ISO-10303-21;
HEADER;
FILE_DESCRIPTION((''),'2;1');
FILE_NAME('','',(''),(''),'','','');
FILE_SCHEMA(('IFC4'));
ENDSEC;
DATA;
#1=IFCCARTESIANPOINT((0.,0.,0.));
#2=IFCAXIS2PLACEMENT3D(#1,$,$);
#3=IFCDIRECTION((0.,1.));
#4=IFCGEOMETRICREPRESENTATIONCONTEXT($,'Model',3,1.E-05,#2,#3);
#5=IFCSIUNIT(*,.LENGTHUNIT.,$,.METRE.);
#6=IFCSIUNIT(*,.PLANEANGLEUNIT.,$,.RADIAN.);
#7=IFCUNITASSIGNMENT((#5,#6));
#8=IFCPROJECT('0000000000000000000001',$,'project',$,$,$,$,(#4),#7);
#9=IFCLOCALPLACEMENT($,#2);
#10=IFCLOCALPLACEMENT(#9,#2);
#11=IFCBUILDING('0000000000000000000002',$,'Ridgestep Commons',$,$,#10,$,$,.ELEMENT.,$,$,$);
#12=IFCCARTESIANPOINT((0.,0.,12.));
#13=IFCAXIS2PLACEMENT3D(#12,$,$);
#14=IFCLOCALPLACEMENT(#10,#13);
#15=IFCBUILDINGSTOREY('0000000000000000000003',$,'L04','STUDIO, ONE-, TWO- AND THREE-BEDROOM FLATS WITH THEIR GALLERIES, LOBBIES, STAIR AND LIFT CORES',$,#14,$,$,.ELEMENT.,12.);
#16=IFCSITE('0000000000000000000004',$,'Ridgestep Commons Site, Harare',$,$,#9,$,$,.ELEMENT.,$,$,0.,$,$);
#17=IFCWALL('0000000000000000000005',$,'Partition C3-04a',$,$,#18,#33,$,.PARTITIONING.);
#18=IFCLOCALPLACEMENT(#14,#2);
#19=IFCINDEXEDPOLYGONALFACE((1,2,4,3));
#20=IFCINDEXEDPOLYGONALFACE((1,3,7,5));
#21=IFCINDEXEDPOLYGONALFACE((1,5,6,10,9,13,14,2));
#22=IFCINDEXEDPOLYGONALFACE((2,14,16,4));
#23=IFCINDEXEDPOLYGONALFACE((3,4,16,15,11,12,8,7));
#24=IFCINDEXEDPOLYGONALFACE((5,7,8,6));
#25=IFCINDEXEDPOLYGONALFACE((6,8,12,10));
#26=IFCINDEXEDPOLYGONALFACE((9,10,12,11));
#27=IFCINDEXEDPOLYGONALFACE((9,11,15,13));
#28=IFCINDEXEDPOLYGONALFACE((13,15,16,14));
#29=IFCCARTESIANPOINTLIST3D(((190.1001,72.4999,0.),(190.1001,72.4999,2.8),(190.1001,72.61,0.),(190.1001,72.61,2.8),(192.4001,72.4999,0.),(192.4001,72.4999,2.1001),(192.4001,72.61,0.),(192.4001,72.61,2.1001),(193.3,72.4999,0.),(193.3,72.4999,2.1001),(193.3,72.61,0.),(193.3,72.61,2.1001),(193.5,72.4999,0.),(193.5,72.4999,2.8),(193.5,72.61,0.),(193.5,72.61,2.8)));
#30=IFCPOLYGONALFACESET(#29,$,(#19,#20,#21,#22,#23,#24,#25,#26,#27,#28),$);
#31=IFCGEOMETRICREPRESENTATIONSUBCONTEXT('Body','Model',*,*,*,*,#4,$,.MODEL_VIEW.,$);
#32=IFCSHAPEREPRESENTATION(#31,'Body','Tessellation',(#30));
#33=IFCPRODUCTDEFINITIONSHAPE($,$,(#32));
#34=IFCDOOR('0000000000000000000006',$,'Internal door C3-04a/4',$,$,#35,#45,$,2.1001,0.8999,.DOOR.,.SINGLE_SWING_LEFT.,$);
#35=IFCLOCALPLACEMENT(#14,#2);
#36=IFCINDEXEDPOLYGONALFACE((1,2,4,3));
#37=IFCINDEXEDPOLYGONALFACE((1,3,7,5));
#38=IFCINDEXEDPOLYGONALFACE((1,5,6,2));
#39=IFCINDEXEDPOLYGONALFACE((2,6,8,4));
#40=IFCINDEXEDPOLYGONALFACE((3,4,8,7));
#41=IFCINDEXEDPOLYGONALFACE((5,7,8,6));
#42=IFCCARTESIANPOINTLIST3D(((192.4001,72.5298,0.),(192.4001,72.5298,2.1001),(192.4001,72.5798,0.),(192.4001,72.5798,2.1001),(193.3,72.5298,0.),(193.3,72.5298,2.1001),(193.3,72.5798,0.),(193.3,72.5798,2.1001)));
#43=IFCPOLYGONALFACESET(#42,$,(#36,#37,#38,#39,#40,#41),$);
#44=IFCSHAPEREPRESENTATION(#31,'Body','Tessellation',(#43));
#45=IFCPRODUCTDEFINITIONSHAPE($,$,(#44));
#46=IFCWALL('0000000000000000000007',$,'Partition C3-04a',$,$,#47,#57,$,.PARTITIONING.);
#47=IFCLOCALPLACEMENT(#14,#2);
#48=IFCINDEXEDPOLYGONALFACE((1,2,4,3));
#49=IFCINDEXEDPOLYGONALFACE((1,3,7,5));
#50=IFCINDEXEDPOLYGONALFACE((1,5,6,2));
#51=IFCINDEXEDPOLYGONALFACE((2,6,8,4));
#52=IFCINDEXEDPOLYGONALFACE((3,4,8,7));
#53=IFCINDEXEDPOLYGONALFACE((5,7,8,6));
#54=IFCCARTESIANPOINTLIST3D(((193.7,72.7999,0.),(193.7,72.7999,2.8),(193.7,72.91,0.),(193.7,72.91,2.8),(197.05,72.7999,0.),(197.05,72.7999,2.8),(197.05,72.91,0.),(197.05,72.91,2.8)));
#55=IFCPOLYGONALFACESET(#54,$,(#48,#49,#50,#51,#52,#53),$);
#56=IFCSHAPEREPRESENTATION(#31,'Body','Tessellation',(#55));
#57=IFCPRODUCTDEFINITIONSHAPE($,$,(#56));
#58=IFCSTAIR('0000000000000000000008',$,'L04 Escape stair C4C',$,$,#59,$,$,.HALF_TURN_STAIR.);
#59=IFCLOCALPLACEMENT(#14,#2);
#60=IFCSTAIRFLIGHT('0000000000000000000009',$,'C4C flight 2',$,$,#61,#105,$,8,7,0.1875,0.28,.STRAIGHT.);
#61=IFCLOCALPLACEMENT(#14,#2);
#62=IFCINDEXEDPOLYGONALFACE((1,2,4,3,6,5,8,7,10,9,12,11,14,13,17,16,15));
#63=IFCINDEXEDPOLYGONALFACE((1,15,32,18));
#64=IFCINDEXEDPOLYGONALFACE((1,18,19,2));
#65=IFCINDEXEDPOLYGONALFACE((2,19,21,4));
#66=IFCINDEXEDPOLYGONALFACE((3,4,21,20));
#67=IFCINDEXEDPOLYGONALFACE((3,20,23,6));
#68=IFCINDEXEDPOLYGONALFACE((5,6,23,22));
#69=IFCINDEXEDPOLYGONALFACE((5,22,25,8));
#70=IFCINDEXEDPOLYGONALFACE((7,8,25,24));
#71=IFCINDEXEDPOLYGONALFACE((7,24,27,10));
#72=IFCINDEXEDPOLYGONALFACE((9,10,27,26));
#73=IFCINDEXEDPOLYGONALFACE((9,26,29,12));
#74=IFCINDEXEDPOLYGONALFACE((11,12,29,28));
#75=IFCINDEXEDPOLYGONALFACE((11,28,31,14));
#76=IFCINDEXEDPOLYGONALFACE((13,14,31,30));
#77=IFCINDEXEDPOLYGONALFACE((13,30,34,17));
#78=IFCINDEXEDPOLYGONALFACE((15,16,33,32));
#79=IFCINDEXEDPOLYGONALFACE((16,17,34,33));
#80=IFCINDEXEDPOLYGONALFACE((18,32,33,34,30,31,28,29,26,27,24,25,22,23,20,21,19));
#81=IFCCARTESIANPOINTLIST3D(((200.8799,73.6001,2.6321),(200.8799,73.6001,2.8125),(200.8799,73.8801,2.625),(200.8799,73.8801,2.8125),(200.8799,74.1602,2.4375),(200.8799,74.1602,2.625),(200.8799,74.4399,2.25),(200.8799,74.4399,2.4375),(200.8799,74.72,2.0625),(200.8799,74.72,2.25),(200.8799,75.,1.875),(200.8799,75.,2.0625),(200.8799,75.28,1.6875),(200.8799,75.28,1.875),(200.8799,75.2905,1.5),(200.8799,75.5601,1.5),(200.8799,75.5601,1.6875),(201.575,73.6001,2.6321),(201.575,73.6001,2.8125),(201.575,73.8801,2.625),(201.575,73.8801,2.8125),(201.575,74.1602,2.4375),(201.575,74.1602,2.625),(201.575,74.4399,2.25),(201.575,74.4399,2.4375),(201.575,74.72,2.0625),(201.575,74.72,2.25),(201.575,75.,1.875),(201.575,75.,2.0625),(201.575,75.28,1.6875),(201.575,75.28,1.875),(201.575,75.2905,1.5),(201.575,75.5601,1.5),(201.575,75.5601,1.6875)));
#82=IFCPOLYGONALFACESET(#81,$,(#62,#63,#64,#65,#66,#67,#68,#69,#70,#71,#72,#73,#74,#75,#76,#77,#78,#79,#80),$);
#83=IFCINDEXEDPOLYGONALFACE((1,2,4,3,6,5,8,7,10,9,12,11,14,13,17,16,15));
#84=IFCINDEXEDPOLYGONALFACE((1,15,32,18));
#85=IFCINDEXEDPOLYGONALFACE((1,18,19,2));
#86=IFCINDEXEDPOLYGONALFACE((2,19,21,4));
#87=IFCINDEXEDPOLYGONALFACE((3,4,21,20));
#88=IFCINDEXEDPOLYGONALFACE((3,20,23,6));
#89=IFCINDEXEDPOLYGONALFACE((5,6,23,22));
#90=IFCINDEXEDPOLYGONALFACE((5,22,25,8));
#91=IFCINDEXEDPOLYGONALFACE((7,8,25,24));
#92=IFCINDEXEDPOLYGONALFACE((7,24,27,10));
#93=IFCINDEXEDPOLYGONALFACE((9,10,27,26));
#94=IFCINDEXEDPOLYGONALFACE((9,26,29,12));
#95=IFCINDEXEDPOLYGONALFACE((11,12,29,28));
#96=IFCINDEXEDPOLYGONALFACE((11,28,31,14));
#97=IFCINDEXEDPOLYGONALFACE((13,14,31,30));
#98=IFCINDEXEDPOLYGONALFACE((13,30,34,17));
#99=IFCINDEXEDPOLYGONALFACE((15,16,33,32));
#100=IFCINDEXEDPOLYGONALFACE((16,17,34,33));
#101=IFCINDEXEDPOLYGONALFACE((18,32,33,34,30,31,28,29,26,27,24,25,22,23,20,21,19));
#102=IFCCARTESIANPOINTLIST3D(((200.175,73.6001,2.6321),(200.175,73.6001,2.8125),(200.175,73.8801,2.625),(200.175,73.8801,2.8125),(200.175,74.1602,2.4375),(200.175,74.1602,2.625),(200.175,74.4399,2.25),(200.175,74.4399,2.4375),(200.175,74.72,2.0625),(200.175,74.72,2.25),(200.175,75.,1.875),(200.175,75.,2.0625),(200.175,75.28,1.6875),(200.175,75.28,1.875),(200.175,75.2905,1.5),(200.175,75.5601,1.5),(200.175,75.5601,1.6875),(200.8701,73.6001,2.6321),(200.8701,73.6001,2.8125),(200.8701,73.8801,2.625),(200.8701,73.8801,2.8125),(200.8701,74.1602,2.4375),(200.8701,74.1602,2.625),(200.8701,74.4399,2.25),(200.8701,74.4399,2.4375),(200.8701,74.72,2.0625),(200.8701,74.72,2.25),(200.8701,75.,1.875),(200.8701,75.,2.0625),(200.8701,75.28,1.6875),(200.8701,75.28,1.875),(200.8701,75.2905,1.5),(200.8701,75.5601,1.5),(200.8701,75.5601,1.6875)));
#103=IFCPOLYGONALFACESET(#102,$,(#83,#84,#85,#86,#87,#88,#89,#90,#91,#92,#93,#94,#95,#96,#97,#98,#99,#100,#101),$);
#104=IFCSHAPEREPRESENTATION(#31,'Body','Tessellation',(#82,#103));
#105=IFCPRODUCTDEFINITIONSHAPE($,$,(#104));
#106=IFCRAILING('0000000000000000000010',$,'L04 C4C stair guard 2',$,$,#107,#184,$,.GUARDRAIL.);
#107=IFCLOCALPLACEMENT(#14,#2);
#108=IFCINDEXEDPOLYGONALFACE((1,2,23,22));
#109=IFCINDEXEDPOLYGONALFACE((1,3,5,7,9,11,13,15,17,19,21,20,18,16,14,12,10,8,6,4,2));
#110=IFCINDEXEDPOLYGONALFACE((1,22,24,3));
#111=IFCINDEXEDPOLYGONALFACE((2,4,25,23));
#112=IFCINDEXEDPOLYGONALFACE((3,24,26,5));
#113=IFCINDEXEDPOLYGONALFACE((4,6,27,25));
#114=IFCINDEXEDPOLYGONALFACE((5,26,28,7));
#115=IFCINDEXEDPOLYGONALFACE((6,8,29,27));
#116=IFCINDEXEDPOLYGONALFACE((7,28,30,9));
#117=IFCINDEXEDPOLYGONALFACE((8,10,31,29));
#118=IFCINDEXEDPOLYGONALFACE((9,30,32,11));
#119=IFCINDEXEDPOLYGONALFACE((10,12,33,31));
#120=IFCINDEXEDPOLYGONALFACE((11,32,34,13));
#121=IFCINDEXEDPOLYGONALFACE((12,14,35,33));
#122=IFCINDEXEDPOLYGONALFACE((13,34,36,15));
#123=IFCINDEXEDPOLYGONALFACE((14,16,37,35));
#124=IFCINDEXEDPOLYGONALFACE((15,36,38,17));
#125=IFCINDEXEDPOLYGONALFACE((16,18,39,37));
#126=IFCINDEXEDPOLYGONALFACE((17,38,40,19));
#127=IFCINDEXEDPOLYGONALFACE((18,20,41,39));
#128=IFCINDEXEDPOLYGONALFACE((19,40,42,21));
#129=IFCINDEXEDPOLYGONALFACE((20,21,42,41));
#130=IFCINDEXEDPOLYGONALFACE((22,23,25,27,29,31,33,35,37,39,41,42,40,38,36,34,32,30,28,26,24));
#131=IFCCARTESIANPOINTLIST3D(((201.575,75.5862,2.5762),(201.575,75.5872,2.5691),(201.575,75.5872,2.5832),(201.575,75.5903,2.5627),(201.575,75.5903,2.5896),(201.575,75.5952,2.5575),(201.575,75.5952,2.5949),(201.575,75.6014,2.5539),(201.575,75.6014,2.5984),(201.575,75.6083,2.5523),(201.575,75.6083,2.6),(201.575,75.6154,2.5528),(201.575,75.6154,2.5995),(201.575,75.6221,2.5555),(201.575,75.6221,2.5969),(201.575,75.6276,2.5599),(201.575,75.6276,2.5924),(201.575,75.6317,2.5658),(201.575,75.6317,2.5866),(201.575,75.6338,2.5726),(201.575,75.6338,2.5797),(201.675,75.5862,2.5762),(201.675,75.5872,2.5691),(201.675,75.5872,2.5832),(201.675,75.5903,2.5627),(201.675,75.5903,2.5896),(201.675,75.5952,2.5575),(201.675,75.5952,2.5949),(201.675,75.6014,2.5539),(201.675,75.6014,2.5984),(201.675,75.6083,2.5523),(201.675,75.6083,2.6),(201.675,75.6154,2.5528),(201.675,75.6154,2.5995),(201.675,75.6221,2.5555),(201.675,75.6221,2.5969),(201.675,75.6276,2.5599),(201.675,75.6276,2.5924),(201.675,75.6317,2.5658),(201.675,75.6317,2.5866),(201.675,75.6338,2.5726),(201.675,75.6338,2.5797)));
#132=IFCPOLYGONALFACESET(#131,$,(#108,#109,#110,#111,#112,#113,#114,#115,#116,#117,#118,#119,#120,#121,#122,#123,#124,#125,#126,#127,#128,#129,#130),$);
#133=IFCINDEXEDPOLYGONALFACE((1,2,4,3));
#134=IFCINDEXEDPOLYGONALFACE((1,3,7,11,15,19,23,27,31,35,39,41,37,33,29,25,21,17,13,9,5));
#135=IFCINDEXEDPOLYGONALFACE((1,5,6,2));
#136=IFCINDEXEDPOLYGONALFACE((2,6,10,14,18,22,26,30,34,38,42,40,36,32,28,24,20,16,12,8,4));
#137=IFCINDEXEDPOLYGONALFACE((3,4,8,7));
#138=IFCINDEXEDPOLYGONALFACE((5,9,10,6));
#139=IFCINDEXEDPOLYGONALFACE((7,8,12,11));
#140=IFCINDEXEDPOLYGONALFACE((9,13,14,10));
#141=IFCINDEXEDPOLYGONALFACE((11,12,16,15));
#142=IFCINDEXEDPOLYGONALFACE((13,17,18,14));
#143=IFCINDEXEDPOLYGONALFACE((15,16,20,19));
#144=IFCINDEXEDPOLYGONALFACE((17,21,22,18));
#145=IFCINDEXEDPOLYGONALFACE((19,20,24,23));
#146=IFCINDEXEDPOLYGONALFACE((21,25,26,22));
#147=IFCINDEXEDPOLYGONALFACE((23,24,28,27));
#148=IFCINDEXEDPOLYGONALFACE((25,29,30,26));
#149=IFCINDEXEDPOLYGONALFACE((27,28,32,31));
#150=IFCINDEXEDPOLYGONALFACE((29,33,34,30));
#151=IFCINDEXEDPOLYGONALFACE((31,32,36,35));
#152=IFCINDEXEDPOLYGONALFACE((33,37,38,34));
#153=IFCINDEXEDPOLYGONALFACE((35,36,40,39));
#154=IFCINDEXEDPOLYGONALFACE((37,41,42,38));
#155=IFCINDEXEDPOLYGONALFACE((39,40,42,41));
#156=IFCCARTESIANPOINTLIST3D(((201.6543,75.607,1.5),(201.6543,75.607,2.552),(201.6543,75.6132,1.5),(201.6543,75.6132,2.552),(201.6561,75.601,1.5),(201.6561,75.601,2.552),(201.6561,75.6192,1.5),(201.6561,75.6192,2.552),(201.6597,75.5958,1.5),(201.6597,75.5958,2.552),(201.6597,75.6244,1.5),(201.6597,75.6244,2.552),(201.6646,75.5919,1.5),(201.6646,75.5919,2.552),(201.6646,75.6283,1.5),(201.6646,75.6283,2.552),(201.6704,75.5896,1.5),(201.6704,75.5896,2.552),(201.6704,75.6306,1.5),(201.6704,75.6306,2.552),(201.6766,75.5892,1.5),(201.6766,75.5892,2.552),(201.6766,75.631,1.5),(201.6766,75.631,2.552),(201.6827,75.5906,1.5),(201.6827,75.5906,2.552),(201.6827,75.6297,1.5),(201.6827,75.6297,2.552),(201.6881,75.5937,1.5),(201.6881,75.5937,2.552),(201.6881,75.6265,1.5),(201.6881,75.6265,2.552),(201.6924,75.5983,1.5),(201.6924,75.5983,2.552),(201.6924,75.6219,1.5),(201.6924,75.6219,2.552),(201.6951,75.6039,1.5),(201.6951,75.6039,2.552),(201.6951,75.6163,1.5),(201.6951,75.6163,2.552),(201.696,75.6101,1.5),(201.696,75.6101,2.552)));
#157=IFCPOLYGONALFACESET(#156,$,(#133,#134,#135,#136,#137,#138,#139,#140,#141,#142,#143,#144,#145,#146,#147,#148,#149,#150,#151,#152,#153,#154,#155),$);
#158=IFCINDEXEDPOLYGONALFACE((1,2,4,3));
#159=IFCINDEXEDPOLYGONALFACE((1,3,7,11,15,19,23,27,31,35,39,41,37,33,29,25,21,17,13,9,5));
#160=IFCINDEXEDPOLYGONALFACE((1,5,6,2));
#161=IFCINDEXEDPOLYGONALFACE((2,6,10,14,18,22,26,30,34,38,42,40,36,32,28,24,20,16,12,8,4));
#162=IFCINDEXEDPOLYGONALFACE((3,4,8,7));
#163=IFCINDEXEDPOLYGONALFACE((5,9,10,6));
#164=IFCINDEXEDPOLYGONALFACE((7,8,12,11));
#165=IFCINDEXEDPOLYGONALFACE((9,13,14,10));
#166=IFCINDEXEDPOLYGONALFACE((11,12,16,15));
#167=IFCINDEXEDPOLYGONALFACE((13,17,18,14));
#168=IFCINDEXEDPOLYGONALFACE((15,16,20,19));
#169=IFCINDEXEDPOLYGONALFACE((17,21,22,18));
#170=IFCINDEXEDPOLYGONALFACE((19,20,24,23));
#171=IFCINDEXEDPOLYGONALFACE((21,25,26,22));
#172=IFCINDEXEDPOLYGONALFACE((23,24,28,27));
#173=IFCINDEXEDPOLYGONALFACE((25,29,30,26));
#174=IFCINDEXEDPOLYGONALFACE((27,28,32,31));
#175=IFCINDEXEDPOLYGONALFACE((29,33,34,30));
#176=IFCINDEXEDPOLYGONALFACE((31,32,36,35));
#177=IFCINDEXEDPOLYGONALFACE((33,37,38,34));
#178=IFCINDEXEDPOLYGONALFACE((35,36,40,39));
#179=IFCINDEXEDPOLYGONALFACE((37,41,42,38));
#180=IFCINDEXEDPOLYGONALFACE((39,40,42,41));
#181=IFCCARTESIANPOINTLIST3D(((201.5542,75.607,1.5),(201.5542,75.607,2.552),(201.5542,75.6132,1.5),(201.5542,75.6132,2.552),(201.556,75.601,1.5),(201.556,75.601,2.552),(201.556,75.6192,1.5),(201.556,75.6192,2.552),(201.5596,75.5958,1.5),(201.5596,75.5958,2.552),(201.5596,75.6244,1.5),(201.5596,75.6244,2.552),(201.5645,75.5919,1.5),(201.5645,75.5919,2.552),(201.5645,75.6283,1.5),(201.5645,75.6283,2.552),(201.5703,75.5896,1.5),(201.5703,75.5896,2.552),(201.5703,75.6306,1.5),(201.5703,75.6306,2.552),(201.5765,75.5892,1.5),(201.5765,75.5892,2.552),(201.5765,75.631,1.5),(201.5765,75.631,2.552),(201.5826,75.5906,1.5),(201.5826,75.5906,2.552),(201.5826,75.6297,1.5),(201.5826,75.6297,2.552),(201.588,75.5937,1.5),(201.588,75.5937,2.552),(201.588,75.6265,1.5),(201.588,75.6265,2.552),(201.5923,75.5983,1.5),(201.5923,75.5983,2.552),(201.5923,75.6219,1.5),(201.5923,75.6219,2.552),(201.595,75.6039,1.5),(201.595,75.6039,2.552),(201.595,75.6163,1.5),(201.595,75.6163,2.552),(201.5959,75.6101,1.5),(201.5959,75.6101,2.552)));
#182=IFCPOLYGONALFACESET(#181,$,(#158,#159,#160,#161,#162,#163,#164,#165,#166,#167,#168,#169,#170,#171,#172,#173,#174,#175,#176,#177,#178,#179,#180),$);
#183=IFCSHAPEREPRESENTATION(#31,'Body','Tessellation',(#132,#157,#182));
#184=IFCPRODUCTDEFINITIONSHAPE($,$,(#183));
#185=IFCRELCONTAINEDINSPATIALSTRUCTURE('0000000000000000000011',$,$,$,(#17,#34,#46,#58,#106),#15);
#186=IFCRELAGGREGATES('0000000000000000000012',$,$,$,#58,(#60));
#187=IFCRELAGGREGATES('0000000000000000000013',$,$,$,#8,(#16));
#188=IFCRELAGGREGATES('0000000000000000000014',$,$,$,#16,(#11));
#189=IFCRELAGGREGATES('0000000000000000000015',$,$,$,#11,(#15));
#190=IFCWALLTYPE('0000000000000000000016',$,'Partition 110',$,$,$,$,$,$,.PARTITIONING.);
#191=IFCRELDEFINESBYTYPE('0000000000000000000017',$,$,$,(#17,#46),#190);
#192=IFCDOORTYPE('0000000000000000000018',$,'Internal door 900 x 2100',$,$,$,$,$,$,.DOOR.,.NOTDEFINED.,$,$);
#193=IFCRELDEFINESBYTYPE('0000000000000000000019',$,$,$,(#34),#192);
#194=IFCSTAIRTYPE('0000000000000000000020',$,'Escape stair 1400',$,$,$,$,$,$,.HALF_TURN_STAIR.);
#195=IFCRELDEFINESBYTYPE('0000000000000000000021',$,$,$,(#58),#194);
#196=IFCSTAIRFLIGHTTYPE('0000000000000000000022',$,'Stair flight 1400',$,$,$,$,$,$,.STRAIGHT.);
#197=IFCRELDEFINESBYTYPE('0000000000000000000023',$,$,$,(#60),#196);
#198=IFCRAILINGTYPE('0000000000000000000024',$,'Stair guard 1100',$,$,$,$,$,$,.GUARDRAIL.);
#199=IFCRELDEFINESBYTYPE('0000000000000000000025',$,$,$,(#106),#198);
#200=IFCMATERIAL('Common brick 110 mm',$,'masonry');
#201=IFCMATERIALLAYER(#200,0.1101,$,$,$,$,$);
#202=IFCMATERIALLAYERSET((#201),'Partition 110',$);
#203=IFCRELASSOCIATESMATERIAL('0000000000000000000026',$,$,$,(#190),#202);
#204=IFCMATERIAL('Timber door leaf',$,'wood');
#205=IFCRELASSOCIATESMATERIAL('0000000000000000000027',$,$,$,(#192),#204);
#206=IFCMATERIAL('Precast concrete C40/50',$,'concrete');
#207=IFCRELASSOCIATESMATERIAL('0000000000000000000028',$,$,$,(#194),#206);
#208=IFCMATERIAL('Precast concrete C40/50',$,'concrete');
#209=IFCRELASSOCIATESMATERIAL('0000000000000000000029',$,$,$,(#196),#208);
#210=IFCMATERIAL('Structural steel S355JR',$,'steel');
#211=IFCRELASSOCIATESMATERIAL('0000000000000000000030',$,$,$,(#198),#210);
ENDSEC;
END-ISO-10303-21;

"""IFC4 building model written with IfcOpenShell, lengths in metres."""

from ifc_helpers import new_model, si_unit, direction, frame, frame_2d, origin, origin_2d, place, context, subcontext, project, spatial, polyline, rectangle, circle, outline, extrude, material, layer, layer_set, type_object, element, fill, aggregate, save


model = new_model("IFC4")

# Units and contexts
model_context = context("Model", 3, precision=1e-05, world=origin(), true_north=direction((0.0, 1.0)))
body_context = subcontext(model_context, "Body", "Model", "MODEL_VIEW")
ifc_project = project(units=[si_unit("LENGTHUNIT", "METRE"), si_unit("PLANEANGLEUNIT", "RADIAN")], contexts=[model_context])

# Site, building, storey
site_placement = place(None, origin())
site = spatial("IfcSite", under=ifc_project, at=site_placement, Name="Ridgestep Commons Site, Harare", CompositionType="ELEMENT", RefElevation=0.0)
building_placement = place(site_placement, origin())
building = spatial("IfcBuilding", under=site, at=building_placement, Name="Ridgestep Commons", CompositionType="ELEMENT")
storey_placement = place(building_placement, frame((0.0, 0.0, 12.0)))
storey = spatial("IfcBuildingStorey", under=building, at=storey_placement, Name="L04", Description="STUDIO, ONE-, TWO- AND THREE-BEDROOM FLATS WITH THEIR GALLERIES, LOBBIES, STAIR AND LIFT CORES", CompositionType="ELEMENT", Elevation=12.0)

# Wall, opening, door
ifc_material_1 = material(Name="Common brick 110 mm", Category="masonry")
ifc_layer_1 = layer(ifc_material_1, 0.1101)
ifc_layer_set_1 = layer_set([ifc_layer_1], Name="Partition 110")
wall_type_1 = type_object("IfcWallType", Name="Partition 110", PredefinedType="PARTITIONING", material=ifc_layer_set_1)
wall_1_placement = place(storey_placement, frame((190.1001, 72.5549, 0.0), z_axis=(0.0, 0.0, 1.0), x_axis=(1.0, 0.0, 0.0)))
wall_1 = element("IfcWall", 1, at=wall_1_placement, inside=storey, type_object=wall_type_1, Name="Partition C3-04a", PredefinedType="PARTITIONING", context=body_context, shape_type="SweptSolid", body=[
    extrude(rectangle(XDim=3.3999, YDim=0.1101, at=frame_2d((1.7, 0.0))), origin(), (0.0, 0.0, 1.0), 2.8),
])
opening_1_placement = place(wall_1_placement, frame((2.3, 0.0, 0.0)))
opening_1 = element("IfcOpeningElement", 2, at=opening_1_placement, cuts=wall_1, PredefinedType="OPENING", context=body_context, shape_type="SweptSolid", body=[
    extrude(rectangle(XDim=0.8999, YDim=2.1001, at=frame_2d((0.45, 1.05))), frame((0.0, 0.0649, 0.0), z_axis=(0.0, -1.0, 0.0), x_axis=(1.0, 0.0, 0.0)), (0.0, 0.0, 1.0), 0.1301),
])
ifc_material_2 = material(Name="Timber door leaf", Category="wood")
door_type_1 = type_object("IfcDoorType", Name="Internal door 900 x 2100", OperationType="NOTDEFINED", PredefinedType="DOOR", material=ifc_material_2)
door_1_placement = place(opening_1_placement, origin())
door_1 = element("IfcDoor", 3, at=door_1_placement, inside=storey, type_object=door_type_1, Name="Internal door C3-04a/4", OperationType="SINGLE_SWING_LEFT", OverallHeight=2.1001, OverallWidth=0.8999, PredefinedType="DOOR", context=body_context, shape_type="SweptSolid", body=[
    extrude(rectangle(XDim=0.8999, YDim=2.1001, at=frame_2d((0.45, 1.05))), frame((0.0, 0.0249, 0.0), z_axis=(0.0, -1.0, 0.0), x_axis=(1.0, 0.0, 0.0)), (0.0, 0.0, 1.0), 0.05),
])
fill(opening_1, door_1)

# Wall
wall_2_placement = place(storey_placement, frame((193.7, 72.855, 0.0), z_axis=(0.0, 0.0, 1.0), x_axis=(1.0, 0.0, 0.0)))
element("IfcWall", 4, at=wall_2_placement, inside=storey, type_object=wall_type_1, Name="Partition C3-04a", PredefinedType="PARTITIONING", context=body_context, shape_type="SweptSolid", body=[
    extrude(rectangle(XDim=3.3501, YDim=0.1101, at=frame_2d((1.675, 0.0))), origin(), (0.0, 0.0, 1.0), 2.8),
])

# Stair, stair flight
ifc_material_3 = material(Name="Precast concrete C40/50", Category="concrete")
stair_type = type_object("IfcStairType", Name="Escape stair 1400", PredefinedType="HALF_TURN_STAIR", material=ifc_material_3)
stair_placement = place(storey_placement, origin())
stair = element("IfcStair", 5, at=stair_placement, inside=storey, type_object=stair_type, Name="L04 Escape stair C4C", PredefinedType="HALF_TURN_STAIR")
ifc_material_4 = material(Name="Precast concrete C40/50", Category="concrete")
stair_flight_type = type_object("IfcStairFlightType", Name="Stair flight 1400", PredefinedType="STRAIGHT", material=ifc_material_4)
stair_flight_placement = place(storey_placement, frame((200.875, 75.5601, 1.5), z_axis=(0.0, 0.0, 1.0), x_axis=(0.0, -1.0, 0.0)))
stair_flight = element("IfcStairFlight", 6, at=stair_flight_placement, type_object=stair_flight_type, Name="C4C flight 2", NumberOfRisers=8, NumberOfTreads=7, PredefinedType="STRAIGHT", RiserHeight=0.1875, TreadLength=0.28, context=body_context, shape_type="SweptSolid", body=[
    extrude(outline(polyline([(0.0, 0.0), (0.0, 0.1875), (0.28, 0.1875), (0.28, 0.375), (0.5601, 0.375), (0.5601, 0.5625), (0.8401, 0.5625), (0.8401, 0.75), (1.1201, 0.75), (1.1201, 0.9375), (1.3999, 0.9375), (1.3999, 1.125), (1.6799, 1.125), (1.6799, 1.3125), (1.96, 1.3125), (1.96, 1.5), (1.96, 1.1321), (0.2695, 0.0), (0.0, 0.0)])), frame((0.0, 0.7, 0.0), z_axis=(0.0, -1.0, 0.0), x_axis=(1.0, 0.0, 0.0)), (0.0, 0.0, 1.0), 0.6951),
    extrude(outline(polyline([(0.0, 0.0), (0.0, 0.1875), (0.28, 0.1875), (0.28, 0.375), (0.5601, 0.375), (0.5601, 0.5625), (0.8401, 0.5625), (0.8401, 0.75), (1.1201, 0.75), (1.1201, 0.9375), (1.3999, 0.9375), (1.3999, 1.125), (1.6799, 1.125), (1.6799, 1.3125), (1.96, 1.3125), (1.96, 1.5), (1.96, 1.1321), (0.2695, 0.0), (0.0, 0.0)])), frame((0.0, -0.0049, 0.0), z_axis=(0.0, -1.0, 0.0), x_axis=(1.0, 0.0, 0.0)), (0.0, 0.0, 1.0), 0.6951),
])
aggregate(stair, [stair_flight])

# Railing
ifc_material_5 = material(Name="Structural steel S355JR", Category="steel")
railing_type_1 = type_object("IfcRailingType", Name="Stair guard 1100", PredefinedType="GUARDRAIL", material=ifc_material_5)
railing_1_placement = place(storey_placement, frame((201.675, 75.6101, 1.5)))
element("IfcRailing", 7, at=railing_1_placement, inside=storey, type_object=railing_type_1, Name="L04 C4C stair guard 2", PredefinedType="GUARDRAIL", context=body_context, shape_type="SweptSolid", body=[
    extrude(circle(Radius=0.0239, at=origin_2d()), frame((0.0, 0.0, 1.0762), z_axis=(-1.0, 0.0, 0.0), x_axis=(0.0, -1.0, 0.0)), (0.0, 0.0, 1.0), 0.1001),
    extrude(circle(Radius=0.021, at=origin_2d()), origin(), (0.0, 0.0, 1.0), 1.052),
    extrude(circle(Radius=0.021, at=origin_2d()), frame((-0.1001, 0.0, 0.0)), (0.0, 0.0, 1.0), 1.052),
])

save(model, "model.ifc")
